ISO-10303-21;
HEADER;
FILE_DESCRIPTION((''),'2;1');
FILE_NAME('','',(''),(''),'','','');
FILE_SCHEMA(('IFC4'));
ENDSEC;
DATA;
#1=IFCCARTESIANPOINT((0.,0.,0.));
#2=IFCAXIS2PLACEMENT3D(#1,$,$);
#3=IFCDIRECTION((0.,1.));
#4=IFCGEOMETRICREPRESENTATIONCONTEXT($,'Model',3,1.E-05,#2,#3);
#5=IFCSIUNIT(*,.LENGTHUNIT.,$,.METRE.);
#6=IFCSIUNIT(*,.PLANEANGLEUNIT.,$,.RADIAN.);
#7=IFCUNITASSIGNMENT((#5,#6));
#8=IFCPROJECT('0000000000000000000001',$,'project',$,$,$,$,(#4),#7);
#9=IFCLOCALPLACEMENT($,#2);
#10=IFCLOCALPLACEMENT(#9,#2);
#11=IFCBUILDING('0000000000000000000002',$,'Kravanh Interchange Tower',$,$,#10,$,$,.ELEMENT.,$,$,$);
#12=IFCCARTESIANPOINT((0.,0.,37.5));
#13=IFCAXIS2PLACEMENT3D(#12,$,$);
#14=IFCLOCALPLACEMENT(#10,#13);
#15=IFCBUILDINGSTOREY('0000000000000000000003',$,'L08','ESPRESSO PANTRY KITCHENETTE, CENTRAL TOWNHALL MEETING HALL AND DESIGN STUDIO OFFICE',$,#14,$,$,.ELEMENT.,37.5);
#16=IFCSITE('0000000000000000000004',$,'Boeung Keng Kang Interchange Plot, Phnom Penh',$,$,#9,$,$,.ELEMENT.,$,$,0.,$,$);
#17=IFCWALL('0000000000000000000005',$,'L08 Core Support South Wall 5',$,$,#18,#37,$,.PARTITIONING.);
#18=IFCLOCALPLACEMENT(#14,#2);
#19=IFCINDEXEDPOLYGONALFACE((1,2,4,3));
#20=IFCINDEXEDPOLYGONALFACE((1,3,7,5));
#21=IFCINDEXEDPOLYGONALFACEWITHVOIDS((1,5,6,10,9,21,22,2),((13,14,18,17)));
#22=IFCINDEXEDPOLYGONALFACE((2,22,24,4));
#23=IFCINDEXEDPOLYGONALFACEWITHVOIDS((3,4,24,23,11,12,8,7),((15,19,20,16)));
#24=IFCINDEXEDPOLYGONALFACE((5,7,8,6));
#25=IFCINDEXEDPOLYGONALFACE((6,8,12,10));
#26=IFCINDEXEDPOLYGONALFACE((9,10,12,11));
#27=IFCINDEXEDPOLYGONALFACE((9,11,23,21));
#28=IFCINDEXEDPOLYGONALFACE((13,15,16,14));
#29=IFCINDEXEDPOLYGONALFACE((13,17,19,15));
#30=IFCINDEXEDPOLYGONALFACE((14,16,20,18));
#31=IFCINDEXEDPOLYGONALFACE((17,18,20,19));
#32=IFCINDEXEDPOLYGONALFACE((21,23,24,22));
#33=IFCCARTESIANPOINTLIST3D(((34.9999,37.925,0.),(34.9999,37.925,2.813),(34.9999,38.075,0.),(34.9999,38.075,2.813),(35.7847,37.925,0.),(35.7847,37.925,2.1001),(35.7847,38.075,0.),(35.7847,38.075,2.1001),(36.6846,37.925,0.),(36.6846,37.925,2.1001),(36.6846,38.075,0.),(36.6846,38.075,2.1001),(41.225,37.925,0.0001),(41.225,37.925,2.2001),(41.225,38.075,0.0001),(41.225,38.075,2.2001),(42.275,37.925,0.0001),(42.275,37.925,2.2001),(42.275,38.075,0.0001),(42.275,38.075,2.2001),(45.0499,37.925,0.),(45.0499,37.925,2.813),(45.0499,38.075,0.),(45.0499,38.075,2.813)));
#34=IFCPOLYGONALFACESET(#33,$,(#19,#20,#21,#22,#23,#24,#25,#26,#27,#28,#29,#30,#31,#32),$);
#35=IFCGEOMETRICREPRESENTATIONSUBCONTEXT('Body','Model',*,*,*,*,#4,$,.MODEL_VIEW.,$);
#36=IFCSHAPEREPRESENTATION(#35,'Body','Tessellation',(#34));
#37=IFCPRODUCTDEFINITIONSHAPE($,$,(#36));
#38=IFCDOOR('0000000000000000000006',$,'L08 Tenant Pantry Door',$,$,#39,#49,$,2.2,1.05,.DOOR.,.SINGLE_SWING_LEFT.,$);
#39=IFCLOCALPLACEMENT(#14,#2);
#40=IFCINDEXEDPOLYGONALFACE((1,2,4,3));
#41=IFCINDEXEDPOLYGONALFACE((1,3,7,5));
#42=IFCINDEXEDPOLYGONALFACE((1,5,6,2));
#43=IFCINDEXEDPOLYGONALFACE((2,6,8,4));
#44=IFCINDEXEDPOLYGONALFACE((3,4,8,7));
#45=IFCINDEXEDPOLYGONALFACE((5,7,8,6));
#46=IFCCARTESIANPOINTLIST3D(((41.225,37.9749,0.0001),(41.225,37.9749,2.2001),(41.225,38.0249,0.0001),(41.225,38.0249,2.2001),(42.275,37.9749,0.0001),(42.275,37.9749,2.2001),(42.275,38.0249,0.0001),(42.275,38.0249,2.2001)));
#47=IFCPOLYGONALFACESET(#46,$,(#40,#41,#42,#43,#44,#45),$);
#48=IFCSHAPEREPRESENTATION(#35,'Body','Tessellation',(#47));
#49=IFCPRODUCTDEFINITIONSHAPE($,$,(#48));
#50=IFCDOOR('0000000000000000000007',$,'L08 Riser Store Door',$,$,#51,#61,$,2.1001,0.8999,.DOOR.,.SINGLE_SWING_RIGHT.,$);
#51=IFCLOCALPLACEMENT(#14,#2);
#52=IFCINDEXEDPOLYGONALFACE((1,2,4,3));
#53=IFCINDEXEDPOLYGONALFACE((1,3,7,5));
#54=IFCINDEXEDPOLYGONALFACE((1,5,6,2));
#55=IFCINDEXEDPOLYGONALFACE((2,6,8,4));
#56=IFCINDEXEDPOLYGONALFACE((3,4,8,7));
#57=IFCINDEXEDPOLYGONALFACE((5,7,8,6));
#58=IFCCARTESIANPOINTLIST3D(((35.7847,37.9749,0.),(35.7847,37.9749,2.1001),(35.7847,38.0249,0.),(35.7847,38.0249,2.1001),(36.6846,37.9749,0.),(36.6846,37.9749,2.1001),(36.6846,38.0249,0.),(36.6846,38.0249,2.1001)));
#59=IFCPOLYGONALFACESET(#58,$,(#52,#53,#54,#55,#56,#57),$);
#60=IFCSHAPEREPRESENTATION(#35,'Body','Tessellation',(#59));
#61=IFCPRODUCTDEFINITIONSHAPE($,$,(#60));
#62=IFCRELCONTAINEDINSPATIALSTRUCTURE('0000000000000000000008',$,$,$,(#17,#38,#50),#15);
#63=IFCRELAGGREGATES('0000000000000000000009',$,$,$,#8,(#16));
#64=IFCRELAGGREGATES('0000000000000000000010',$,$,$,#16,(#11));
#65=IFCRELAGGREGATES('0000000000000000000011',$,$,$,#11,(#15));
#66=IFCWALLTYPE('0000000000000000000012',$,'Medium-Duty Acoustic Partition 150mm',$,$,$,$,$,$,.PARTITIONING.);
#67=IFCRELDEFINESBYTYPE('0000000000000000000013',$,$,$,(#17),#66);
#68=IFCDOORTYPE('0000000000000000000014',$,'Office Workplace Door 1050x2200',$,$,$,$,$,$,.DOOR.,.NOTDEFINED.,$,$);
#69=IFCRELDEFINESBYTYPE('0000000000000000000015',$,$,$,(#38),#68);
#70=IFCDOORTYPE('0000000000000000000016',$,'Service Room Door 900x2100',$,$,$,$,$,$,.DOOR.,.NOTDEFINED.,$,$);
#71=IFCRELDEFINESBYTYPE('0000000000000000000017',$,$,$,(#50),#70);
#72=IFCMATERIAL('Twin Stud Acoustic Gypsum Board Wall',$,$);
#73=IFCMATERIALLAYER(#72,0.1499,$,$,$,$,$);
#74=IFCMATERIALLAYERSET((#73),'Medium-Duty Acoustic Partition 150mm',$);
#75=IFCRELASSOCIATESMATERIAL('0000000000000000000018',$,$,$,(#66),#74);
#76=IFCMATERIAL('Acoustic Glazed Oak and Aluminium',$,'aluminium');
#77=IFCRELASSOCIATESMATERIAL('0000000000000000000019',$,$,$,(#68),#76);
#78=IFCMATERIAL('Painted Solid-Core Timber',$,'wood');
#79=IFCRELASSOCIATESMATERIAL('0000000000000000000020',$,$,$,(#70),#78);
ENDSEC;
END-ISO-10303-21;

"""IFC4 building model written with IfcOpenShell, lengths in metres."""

from ifc_helpers import new_model, si_unit, direction, frame, frame_2d, origin, place, context, subcontext, project, spatial, rectangle, extrude, material, layer, layer_set, type_object, element, fill, save


model = new_model("IFC4")

# Units and contexts
model_context = context("Model", 3, precision=1e-05, world=origin(), true_north=direction((0.0, 1.0)))
body_context = subcontext(model_context, "Body", "Model", "MODEL_VIEW")
ifc_project = project(units=[si_unit("LENGTHUNIT", "METRE"), si_unit("PLANEANGLEUNIT", "RADIAN")], contexts=[model_context])

# Site, building, storey
site_placement = place(None, origin())
site = spatial("IfcSite", under=ifc_project, at=site_placement, Name="Boeung Keng Kang Interchange Plot, Phnom Penh", CompositionType="ELEMENT", RefElevation=0.0)
building_placement = place(site_placement, origin())
building = spatial("IfcBuilding", under=site, at=building_placement, Name="Kravanh Interchange Tower", CompositionType="ELEMENT")
storey_placement = place(building_placement, frame((0.0, 0.0, 37.5)))
storey = spatial("IfcBuildingStorey", under=building, at=storey_placement, Name="L08", Description="ESPRESSO PANTRY KITCHENETTE, CENTRAL TOWNHALL MEETING HALL AND DESIGN STUDIO OFFICE", CompositionType="ELEMENT", Elevation=37.5)

# Wall, openings, doors
ifc_material_1 = material(Name="Twin Stud Acoustic Gypsum Board Wall")
ifc_layer_1 = layer(ifc_material_1, 0.1499)
ifc_layer_set_1 = layer_set([ifc_layer_1], Name="Medium-Duty Acoustic Partition 150mm")
wall_type_1 = type_object("IfcWallType", Name="Medium-Duty Acoustic Partition 150mm", PredefinedType="PARTITIONING", material=ifc_layer_set_1)
wall_1_placement = place(storey_placement, frame((35.0, 38.0, 0.0), z_axis=(0.0, 0.0, 1.0), x_axis=(1.0, 0.0, 0.0)))
wall_1 = element("IfcWall", 1, at=wall_1_placement, inside=storey, type_object=wall_type_1, Name="L08 Core Support South Wall 5", PredefinedType="PARTITIONING", context=body_context, shape_type="SweptSolid", body=[
    extrude(rectangle(XDim=10.05, YDim=0.1499, at=frame_2d((5.0249, 0.0))), origin(), (0.0, 0.0, 1.0), 2.813),
])
opening_1_placement = place(wall_1_placement, frame((0.7847, 0.0, 0.0)))
opening_1 = element("IfcOpeningElement", 2, at=opening_1_placement, cuts=wall_1, PredefinedType="OPENING", context=body_context, shape_type="SweptSolid", body=[
    extrude(rectangle(XDim=0.8999, YDim=2.1001, at=frame_2d((0.45, 1.05))), frame((0.0, 0.085, 0.0), z_axis=(0.0, -1.0, 0.0), x_axis=(1.0, 0.0, 0.0)), (0.0, 0.0, 1.0), 0.1699),
])
opening_2_placement = place(wall_1_placement, frame((6.2251, 0.0, 0.0)))
opening_2 = element("IfcOpeningElement", 3, at=opening_2_placement, cuts=wall_1, PredefinedType="OPENING", context=body_context, shape_type="SweptSolid", body=[
    extrude(rectangle(XDim=1.05, YDim=2.2, at=frame_2d((0.5249, 1.1001))), frame((0.0, 0.085, 0.0), z_axis=(0.0, -1.0, 0.0), x_axis=(1.0, 0.0, 0.0)), (0.0, 0.0, 1.0), 0.1699),
])
ifc_material_2 = material(Name="Acoustic Glazed Oak and Aluminium", Category="aluminium")
door_type_1 = type_object("IfcDoorType", Name="Office Workplace Door 1050x2200", OperationType="NOTDEFINED", PredefinedType="DOOR", material=ifc_material_2)
door_1_placement = place(opening_2_placement, origin())
door_1 = element("IfcDoor", 4, at=door_1_placement, inside=storey, type_object=door_type_1, Name="L08 Tenant Pantry Door", OperationType="SINGLE_SWING_LEFT", OverallHeight=2.2, OverallWidth=1.05, PredefinedType="DOOR", context=body_context, shape_type="SweptSolid", body=[
    extrude(rectangle(XDim=1.05, YDim=2.2, at=frame_2d((0.5249, 1.1001))), frame((0.0, 0.0249, 0.0), z_axis=(0.0, -1.0, 0.0), x_axis=(1.0, 0.0, 0.0)), (0.0, 0.0, 1.0), 0.05),
])
fill(opening_2, door_1)
ifc_material_3 = material(Name="Painted Solid-Core Timber", Category="wood")
door_type_2 = type_object("IfcDoorType", Name="Service Room Door 900x2100", OperationType="NOTDEFINED", PredefinedType="DOOR", material=ifc_material_3)
door_2_placement = place(opening_1_placement, origin())
door_2 = element("IfcDoor", 5, at=door_2_placement, inside=storey, type_object=door_type_2, Name="L08 Riser Store Door", OperationType="SINGLE_SWING_RIGHT", OverallHeight=2.1001, OverallWidth=0.8999, PredefinedType="DOOR", context=body_context, shape_type="SweptSolid", body=[
    extrude(rectangle(XDim=0.8999, YDim=2.1001, at=frame_2d((0.45, 1.05))), frame((0.0, 0.0249, 0.0), z_axis=(0.0, -1.0, 0.0), x_axis=(1.0, 0.0, 0.0)), (0.0, 0.0, 1.0), 0.05),
])
fill(opening_1, door_2)

save(model, "model.ifc")
